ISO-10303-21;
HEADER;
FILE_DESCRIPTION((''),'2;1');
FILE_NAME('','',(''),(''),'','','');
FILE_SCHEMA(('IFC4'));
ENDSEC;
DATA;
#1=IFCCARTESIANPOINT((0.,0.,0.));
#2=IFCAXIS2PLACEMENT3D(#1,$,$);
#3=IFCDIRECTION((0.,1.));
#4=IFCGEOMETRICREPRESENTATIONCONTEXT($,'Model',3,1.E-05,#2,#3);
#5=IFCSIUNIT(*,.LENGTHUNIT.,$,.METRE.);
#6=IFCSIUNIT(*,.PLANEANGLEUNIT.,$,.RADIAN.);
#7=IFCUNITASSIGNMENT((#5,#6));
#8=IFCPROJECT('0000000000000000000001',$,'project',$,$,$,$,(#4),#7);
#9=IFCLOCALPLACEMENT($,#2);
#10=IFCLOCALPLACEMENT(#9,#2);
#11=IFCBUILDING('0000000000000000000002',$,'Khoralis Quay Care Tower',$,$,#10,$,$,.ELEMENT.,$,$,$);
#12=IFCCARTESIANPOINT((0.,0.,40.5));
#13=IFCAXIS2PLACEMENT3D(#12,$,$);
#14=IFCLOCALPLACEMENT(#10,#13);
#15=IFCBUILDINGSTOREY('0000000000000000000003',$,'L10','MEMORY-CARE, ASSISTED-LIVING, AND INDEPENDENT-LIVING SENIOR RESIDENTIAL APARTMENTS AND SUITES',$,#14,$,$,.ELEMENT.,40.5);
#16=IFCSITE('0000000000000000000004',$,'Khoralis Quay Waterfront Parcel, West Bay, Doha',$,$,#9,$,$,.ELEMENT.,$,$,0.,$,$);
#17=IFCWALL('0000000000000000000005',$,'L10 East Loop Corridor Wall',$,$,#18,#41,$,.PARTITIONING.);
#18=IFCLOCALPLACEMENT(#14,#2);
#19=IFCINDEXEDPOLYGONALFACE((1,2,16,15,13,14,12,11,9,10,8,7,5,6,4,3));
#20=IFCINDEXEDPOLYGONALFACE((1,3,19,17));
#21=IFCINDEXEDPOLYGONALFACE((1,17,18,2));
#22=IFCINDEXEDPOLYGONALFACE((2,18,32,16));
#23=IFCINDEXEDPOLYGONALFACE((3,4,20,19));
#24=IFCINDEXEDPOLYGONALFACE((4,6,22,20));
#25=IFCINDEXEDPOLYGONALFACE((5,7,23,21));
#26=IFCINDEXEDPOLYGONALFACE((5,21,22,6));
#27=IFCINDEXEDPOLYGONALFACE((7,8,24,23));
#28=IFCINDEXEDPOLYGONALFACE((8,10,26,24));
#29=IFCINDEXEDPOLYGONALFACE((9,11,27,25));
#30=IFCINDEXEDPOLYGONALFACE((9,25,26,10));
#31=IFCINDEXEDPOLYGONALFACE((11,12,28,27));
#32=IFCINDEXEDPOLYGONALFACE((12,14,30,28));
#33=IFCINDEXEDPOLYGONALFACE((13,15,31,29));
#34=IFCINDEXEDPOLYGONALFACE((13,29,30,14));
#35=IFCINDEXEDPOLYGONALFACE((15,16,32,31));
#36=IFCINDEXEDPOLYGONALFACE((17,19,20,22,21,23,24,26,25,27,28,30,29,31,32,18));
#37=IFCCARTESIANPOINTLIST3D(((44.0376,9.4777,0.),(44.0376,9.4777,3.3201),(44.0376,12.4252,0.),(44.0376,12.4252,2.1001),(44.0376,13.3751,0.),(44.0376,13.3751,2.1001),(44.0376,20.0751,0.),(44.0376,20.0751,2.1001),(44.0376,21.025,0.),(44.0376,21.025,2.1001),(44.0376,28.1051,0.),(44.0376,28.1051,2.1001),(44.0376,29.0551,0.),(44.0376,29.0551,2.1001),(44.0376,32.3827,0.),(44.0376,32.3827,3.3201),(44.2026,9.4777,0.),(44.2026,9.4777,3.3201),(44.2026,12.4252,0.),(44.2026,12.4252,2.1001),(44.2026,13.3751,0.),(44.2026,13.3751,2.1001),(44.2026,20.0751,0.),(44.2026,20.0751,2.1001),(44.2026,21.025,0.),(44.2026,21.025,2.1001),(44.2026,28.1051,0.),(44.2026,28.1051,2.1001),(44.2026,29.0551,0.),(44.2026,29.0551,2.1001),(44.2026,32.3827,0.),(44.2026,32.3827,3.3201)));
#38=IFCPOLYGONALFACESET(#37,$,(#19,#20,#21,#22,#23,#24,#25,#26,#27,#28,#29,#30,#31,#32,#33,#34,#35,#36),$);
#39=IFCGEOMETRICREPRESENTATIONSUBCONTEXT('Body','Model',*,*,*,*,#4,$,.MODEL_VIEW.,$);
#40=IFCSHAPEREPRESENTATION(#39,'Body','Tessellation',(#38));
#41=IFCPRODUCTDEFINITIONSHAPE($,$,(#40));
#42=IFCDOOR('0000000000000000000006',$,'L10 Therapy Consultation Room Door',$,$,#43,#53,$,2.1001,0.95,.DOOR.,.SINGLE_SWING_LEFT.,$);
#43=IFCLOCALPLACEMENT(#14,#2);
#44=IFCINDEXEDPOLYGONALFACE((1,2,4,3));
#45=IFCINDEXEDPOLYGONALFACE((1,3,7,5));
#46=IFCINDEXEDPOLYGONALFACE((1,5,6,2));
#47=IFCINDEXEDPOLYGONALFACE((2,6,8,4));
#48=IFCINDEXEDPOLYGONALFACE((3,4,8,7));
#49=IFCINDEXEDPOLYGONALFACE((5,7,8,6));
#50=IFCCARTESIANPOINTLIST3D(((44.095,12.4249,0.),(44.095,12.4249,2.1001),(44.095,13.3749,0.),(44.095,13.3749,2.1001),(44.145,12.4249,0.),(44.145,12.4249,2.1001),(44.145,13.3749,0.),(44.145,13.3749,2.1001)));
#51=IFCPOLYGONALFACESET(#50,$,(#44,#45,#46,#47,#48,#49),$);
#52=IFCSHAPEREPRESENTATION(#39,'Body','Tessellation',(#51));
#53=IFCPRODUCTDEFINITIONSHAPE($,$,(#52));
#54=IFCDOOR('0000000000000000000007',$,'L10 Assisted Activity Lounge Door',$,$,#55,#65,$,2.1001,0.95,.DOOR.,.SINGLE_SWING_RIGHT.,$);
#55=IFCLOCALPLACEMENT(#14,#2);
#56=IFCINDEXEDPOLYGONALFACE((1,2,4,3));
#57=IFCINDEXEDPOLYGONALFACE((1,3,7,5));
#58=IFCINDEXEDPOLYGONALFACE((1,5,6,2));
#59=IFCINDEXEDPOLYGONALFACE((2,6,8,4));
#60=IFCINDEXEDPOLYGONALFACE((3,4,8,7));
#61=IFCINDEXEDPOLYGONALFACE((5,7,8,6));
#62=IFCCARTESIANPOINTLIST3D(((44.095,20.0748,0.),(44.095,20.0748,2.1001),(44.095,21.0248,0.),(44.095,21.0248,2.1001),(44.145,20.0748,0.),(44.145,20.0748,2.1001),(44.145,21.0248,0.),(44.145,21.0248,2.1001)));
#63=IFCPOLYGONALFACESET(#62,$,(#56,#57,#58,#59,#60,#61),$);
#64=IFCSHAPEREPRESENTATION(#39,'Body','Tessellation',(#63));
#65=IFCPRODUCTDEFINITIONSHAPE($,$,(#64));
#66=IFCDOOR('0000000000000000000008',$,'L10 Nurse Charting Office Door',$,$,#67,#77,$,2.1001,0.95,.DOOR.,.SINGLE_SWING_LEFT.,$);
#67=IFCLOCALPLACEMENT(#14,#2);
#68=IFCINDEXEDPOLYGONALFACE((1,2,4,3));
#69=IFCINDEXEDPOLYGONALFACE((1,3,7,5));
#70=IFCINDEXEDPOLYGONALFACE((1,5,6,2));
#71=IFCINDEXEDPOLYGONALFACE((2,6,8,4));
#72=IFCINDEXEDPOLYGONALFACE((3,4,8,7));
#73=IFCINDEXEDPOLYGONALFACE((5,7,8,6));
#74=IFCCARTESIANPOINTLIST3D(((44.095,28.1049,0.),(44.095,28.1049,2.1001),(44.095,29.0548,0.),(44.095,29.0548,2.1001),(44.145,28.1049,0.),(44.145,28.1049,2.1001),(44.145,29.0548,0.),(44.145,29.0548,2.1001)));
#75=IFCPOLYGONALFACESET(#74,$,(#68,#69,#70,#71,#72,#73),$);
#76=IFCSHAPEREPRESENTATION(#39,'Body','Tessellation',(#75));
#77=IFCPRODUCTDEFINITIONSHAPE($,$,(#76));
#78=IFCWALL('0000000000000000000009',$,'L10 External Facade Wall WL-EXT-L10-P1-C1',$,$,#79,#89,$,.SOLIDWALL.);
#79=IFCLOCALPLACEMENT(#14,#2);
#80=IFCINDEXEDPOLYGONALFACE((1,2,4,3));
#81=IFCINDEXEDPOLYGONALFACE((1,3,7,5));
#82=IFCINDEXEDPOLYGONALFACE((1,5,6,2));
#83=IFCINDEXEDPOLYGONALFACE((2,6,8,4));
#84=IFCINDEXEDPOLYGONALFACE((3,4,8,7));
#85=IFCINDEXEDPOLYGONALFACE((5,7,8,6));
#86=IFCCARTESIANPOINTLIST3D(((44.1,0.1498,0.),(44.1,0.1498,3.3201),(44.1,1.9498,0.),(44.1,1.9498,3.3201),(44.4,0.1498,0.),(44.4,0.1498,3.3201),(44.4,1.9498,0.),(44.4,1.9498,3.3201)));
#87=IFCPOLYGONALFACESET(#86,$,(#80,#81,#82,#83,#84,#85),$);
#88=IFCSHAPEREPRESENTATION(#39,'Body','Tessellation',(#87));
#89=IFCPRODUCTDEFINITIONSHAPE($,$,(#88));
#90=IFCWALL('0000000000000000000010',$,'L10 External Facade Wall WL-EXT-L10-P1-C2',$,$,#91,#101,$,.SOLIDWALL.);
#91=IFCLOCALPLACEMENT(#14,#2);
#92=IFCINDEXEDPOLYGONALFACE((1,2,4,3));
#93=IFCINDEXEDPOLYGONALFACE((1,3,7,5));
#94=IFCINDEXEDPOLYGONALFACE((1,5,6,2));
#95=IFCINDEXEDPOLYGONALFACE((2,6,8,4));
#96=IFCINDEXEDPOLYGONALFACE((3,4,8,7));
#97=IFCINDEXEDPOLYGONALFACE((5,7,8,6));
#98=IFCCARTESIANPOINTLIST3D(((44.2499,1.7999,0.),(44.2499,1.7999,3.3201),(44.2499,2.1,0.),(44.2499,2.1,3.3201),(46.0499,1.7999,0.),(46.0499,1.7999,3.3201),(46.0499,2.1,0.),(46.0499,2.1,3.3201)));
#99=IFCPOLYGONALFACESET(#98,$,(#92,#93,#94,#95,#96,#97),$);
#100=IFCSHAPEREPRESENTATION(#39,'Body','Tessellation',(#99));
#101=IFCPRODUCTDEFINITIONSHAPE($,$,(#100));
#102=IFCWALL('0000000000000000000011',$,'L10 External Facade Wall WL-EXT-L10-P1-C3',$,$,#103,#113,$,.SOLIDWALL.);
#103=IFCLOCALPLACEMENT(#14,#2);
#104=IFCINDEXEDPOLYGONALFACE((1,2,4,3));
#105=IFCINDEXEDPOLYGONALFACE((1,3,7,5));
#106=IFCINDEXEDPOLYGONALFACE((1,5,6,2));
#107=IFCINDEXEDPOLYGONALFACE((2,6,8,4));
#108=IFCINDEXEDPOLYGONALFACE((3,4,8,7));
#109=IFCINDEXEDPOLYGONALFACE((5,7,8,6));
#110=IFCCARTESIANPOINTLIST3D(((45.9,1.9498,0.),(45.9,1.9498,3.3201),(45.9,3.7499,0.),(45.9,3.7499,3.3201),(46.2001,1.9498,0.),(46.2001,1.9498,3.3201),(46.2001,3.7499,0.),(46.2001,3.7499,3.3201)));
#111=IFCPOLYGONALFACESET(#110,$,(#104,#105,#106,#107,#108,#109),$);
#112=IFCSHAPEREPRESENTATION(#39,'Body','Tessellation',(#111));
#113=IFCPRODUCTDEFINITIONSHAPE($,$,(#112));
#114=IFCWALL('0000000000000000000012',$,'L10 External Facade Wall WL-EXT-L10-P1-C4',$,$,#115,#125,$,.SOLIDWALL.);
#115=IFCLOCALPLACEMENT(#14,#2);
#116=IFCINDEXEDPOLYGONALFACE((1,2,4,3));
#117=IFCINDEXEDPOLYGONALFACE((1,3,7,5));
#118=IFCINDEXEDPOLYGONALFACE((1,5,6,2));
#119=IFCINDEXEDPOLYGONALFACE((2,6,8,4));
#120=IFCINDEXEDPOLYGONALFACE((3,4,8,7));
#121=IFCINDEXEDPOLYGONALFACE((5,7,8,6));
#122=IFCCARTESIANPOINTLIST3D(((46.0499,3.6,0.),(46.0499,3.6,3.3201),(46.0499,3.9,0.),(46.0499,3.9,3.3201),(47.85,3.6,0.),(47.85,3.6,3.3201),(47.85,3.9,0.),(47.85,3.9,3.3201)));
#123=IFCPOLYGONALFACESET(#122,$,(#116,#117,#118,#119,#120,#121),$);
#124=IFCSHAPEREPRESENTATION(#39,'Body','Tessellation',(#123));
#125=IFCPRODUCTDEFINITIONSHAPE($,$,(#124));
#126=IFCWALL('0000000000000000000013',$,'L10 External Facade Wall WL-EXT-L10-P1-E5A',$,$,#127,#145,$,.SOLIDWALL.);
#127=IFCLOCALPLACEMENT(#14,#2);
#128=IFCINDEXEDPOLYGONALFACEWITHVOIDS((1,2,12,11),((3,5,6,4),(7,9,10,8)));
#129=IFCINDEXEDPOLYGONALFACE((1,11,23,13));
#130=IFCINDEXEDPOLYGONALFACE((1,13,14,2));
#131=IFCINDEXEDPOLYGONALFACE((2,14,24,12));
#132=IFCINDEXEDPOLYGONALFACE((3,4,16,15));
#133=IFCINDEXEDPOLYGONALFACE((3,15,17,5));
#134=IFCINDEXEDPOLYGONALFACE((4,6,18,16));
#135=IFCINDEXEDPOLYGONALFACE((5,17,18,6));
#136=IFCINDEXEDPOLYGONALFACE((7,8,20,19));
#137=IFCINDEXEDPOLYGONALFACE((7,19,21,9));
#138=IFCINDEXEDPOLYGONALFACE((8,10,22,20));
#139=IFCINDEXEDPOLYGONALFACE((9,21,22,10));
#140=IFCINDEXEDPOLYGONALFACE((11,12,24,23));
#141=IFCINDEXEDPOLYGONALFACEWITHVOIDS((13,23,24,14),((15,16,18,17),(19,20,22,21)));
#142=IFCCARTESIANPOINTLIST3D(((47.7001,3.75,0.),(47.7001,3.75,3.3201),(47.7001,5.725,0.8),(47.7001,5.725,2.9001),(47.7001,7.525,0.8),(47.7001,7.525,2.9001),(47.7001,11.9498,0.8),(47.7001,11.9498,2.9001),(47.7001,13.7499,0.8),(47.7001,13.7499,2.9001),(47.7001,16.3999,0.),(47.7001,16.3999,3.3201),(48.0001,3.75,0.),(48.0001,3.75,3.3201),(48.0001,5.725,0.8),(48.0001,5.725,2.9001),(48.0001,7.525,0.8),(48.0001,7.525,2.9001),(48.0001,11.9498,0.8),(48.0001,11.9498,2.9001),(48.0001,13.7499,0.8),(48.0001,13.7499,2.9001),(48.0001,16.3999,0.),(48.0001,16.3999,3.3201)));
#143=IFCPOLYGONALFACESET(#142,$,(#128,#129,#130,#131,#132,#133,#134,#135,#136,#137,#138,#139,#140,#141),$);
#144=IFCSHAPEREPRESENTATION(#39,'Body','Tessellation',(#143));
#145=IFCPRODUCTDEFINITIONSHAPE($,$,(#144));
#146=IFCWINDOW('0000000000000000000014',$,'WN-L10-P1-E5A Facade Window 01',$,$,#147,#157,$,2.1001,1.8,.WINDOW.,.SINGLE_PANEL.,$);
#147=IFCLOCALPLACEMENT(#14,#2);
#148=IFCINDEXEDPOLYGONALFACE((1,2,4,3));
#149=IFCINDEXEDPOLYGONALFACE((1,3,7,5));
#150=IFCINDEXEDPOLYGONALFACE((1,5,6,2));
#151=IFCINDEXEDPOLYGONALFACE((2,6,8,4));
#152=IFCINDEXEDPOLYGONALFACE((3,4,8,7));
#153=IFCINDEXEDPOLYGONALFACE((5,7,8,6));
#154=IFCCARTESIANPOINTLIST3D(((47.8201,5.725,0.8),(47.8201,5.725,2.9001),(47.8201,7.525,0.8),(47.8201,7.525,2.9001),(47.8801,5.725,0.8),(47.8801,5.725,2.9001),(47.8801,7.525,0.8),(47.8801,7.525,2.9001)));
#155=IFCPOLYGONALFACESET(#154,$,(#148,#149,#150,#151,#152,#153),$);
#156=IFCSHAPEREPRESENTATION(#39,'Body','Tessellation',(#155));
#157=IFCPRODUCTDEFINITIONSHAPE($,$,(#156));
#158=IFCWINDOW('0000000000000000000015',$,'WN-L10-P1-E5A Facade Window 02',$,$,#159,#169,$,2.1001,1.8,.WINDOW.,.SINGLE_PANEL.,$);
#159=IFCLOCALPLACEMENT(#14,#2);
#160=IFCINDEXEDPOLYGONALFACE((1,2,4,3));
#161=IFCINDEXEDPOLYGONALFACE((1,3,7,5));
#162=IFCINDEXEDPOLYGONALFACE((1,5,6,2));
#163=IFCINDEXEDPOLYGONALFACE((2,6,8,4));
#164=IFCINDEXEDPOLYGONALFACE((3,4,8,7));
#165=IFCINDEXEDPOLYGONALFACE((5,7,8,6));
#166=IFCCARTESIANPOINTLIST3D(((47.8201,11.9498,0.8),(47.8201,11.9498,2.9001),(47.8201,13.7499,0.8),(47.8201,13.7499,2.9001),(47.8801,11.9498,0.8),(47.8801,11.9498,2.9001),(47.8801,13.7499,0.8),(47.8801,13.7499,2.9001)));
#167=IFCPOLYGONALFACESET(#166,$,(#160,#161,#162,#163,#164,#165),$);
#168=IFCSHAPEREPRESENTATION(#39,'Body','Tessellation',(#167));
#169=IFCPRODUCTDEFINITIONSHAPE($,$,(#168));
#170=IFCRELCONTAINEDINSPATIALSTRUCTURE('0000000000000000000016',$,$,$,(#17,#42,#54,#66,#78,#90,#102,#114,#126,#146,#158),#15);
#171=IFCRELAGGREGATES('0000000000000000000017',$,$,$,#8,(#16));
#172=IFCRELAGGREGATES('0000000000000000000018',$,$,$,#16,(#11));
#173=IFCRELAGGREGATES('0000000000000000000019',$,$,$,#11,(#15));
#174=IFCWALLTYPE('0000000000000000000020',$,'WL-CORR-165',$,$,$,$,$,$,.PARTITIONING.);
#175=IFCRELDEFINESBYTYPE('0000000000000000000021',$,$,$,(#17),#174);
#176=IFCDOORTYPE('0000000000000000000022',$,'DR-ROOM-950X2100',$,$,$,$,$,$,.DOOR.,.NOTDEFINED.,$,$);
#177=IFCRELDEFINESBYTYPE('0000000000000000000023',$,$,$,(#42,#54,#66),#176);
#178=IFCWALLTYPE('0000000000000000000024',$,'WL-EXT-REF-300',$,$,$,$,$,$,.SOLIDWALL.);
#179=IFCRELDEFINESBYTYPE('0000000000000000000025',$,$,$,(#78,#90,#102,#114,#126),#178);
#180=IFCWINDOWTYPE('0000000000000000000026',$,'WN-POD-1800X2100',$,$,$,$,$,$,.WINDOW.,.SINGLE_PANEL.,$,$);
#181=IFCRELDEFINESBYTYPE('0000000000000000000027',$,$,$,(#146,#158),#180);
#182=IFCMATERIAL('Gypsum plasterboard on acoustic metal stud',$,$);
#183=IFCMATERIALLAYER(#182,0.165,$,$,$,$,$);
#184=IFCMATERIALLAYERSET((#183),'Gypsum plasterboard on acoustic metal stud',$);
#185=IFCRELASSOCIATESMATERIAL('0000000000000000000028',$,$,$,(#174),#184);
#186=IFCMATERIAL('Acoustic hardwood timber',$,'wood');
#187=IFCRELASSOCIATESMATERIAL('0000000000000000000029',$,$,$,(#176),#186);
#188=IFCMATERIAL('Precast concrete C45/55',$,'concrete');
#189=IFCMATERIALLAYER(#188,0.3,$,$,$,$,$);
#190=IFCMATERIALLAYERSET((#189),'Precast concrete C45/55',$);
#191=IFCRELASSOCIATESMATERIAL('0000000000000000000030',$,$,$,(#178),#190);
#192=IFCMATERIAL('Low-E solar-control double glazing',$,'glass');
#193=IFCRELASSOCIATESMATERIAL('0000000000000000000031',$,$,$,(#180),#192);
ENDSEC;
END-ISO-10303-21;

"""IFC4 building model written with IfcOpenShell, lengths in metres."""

from ifc_helpers import new_model, si_unit, direction, frame, frame_2d, origin, place, context, subcontext, project, spatial, rectangle, extrude, source, transform, mapped, material, layer, layer_set, type_object, element, fill, save


model = new_model("IFC4")

# Units and contexts
model_context = context("Model", 3, precision=1e-05, world=origin(), true_north=direction((0.0, 1.0)))
body_context = subcontext(model_context, "Body", "Model", "MODEL_VIEW")
ifc_project = project(units=[si_unit("LENGTHUNIT", "METRE"), si_unit("PLANEANGLEUNIT", "RADIAN")], contexts=[model_context])

# Site, building, storey
site_placement = place(None, origin())
site = spatial("IfcSite", under=ifc_project, at=site_placement, Name="Khoralis Quay Waterfront Parcel, West Bay, Doha", CompositionType="ELEMENT", RefElevation=0.0)
building_placement = place(site_placement, origin())
building = spatial("IfcBuilding", under=site, at=building_placement, Name="Khoralis Quay Care Tower", CompositionType="ELEMENT")
storey_placement = place(building_placement, frame((0.0, 0.0, 40.5)))
storey = spatial("IfcBuildingStorey", under=building, at=storey_placement, Name="L10", Description="MEMORY-CARE, ASSISTED-LIVING, AND INDEPENDENT-LIVING SENIOR RESIDENTIAL APARTMENTS AND SUITES", CompositionType="ELEMENT", Elevation=40.5)

# Wall, openings, doors
ifc_material_1 = material(Name="Gypsum plasterboard on acoustic metal stud")
ifc_layer_1 = layer(ifc_material_1, 0.165)
ifc_layer_set_1 = layer_set([ifc_layer_1], Name="Gypsum plasterboard on acoustic metal stud")
wall_type_1 = type_object("IfcWallType", Name="WL-CORR-165", PredefinedType="PARTITIONING", material=ifc_layer_set_1)
wall_1_placement = place(storey_placement, frame((44.1201, 9.4775, 0.0), z_axis=(0.0, 0.0, 1.0), x_axis=(0.0, 1.0, 0.0)))
wall_1 = element("IfcWall", 1, at=wall_1_placement, inside=storey, type_object=wall_type_1, Name="L10 East Loop Corridor Wall", PredefinedType="PARTITIONING", context=body_context, shape_type="SweptSolid", body=[
    extrude(rectangle(XDim=22.905, YDim=0.165, at=frame_2d((11.4526, 0.0))), origin(), (0.0, 0.0, 1.0), 3.3201),
])
opening_1_placement = place(wall_1_placement, frame((2.9475, 0.0, 0.0)))
opening_1 = element("IfcOpeningElement", 2, at=opening_1_placement, cuts=wall_1, PredefinedType="OPENING", context=body_context, shape_type="SweptSolid", body=[
    extrude(rectangle(XDim=0.95, YDim=2.1001, at=frame_2d((0.4751, 1.05))), frame((0.0, 0.0925, 0.0), z_axis=(0.0, -1.0, 0.0), x_axis=(1.0, 0.0, 0.0)), (0.0, 0.0, 1.0), 0.1851),
])
opening_2_placement = place(wall_1_placement, frame((10.5974, 0.0, 0.0)))
opening_2 = element("IfcOpeningElement", 3, at=opening_2_placement, cuts=wall_1, PredefinedType="OPENING", context=body_context, shape_type="SweptSolid", body=[
    extrude(rectangle(XDim=0.95, YDim=2.1001, at=frame_2d((0.4751, 1.05))), frame((0.0, 0.0925, 0.0), z_axis=(0.0, -1.0, 0.0), x_axis=(1.0, 0.0, 0.0)), (0.0, 0.0, 1.0), 0.1851),
])
opening_3_placement = place(wall_1_placement, frame((18.6274, 0.0, 0.0)))
opening_3 = element("IfcOpeningElement", 4, at=opening_3_placement, cuts=wall_1, PredefinedType="OPENING", context=body_context, shape_type="SweptSolid", body=[
    extrude(rectangle(XDim=0.95, YDim=2.1001, at=frame_2d((0.4751, 1.05))), frame((0.0, 0.0925, 0.0), z_axis=(0.0, -1.0, 0.0), x_axis=(1.0, 0.0, 0.0)), (0.0, 0.0, 1.0), 0.1851),
])
ifc_material_2 = material(Name="Acoustic hardwood timber", Category="wood")
door_type = type_object("IfcDoorType", Name="DR-ROOM-950X2100", OperationType="NOTDEFINED", PredefinedType="DOOR", material=ifc_material_2)
shared_shape_1 = source(origin(), body_context, "Body", "SweptSolid", [
    extrude(rectangle(XDim=0.95, YDim=2.1001, at=frame_2d((0.4751, 1.05))), frame((0.0, 0.0249, 0.0), z_axis=(0.0, -1.0, 0.0), x_axis=(1.0, 0.0, 0.0)), (0.0, 0.0, 1.0), 0.05),
])
door_1_placement = place(opening_1_placement, frame((0.95, 0.0, 0.0), z_axis=(0.0, 0.0, 1.0), x_axis=(-1.0, 0.0, 0.0)))
door_1 = element("IfcDoor", 5, at=door_1_placement, inside=storey, type_object=door_type, Name="L10 Therapy Consultation Room Door", OperationType="SINGLE_SWING_LEFT", OverallHeight=2.1001, OverallWidth=0.95, PredefinedType="DOOR", context=body_context, shape_type="MappedRepresentation", body=[
    mapped(shared_shape_1, transform((0.0, 0.0, 0.0), scale=1.0)),
])
fill(opening_1, door_1)
door_2_placement = place(opening_2_placement, frame((0.95, 0.0, 0.0), z_axis=(0.0, 0.0, 1.0), x_axis=(-1.0, 0.0, 0.0)))
door_2 = element("IfcDoor", 6, at=door_2_placement, inside=storey, type_object=door_type, Name="L10 Assisted Activity Lounge Door", OperationType="SINGLE_SWING_RIGHT", OverallHeight=2.1001, OverallWidth=0.95, PredefinedType="DOOR", context=body_context, shape_type="MappedRepresentation", body=[
    mapped(shared_shape_1, transform((0.0, 0.0, 0.0), scale=1.0)),
])
fill(opening_2, door_2)
door_3_placement = place(opening_3_placement, frame((0.95, 0.0, 0.0), z_axis=(0.0, 0.0, 1.0), x_axis=(-1.0, 0.0, 0.0)))
door_3 = element("IfcDoor", 7, at=door_3_placement, inside=storey, type_object=door_type, Name="L10 Nurse Charting Office Door", OperationType="SINGLE_SWING_LEFT", OverallHeight=2.1001, OverallWidth=0.95, PredefinedType="DOOR", context=body_context, shape_type="MappedRepresentation", body=[
    mapped(shared_shape_1, transform((0.0, 0.0, 0.0), scale=1.0)),
])
fill(opening_3, door_3)

# Walls
ifc_material_3 = material(Name="Precast concrete C45/55", Category="concrete")
ifc_layer_2 = layer(ifc_material_3, 0.3)
ifc_layer_set_2 = layer_set([ifc_layer_2], Name="Precast concrete C45/55")
wall_type_2 = type_object("IfcWallType", Name="WL-EXT-REF-300", PredefinedType="SOLIDWALL", material=ifc_layer_set_2)
for number, where, z_axis, x_axis, name in (
    (8, (44.25, 0.1499, 0.0), (0.0, 0.0, 1.0), (0.0, 1.0, 0.0), "L10 External Facade Wall WL-EXT-L10-P1-C1"),
    (9, (44.25, 1.95, 0.0), (0.0, 0.0, 1.0), (1.0, 0.0, 0.0), "L10 External Facade Wall WL-EXT-L10-P1-C2"),
    (10, (46.05, 1.95, 0.0), (0.0, 0.0, 1.0), (0.0, 1.0, 0.0), "L10 External Facade Wall WL-EXT-L10-P1-C3"),
    (11, (46.05, 3.75, 0.0), (0.0, 0.0, 1.0), (1.0, 0.0, 0.0), "L10 External Facade Wall WL-EXT-L10-P1-C4"),
):
    element("IfcWall", number, at=place(storey_placement, frame(where, z_axis=z_axis, x_axis=x_axis)), inside=storey, type_object=wall_type_2, Name=name, PredefinedType="SOLIDWALL", context=body_context, shape_type="SweptSolid", body=[
        extrude(rectangle(XDim=1.8, YDim=0.3, at=frame_2d((0.8999, 0.0))), origin(), (0.0, 0.0, 1.0), 3.3201),
    ])

# Wall, openings, windows
wall_2_placement = place(storey_placement, frame((47.8501, 3.75, 0.0), z_axis=(0.0, 0.0, 1.0), x_axis=(0.0, 1.0, 0.0)))
wall_2 = element("IfcWall", 12, at=wall_2_placement, inside=storey, type_object=wall_type_2, Name="L10 External Facade Wall WL-EXT-L10-P1-E5A", PredefinedType="SOLIDWALL", context=body_context, shape_type="SweptSolid", body=[
    extrude(rectangle(XDim=12.6499, YDim=0.3, at=frame_2d((6.325, 0.0))), origin(), (0.0, 0.0, 1.0), 3.3201),
])
opening_4_placement = place(wall_2_placement, frame((1.9751, 0.0, 0.8)))
opening_4 = element("IfcOpeningElement", 13, at=opening_4_placement, cuts=wall_2, PredefinedType="OPENING", context=body_context, shape_type="SweptSolid", body=[
    extrude(rectangle(XDim=1.8, YDim=2.1001, at=frame_2d((0.8999, 1.05))), frame((0.0, 0.1602, 0.0), z_axis=(0.0, -1.0, 0.0), x_axis=(1.0, 0.0, 0.0)), (0.0, 0.0, 1.0), 0.3201),
])
opening_5_placement = place(wall_2_placement, frame((8.2, 0.0, 0.8)))
opening_5 = element("IfcOpeningElement", 14, at=opening_5_placement, cuts=wall_2, PredefinedType="OPENING", context=body_context, shape_type="SweptSolid", body=[
    extrude(rectangle(XDim=1.8, YDim=2.1001, at=frame_2d((0.8999, 1.05))), frame((0.0, 0.1602, 0.0), z_axis=(0.0, -1.0, 0.0), x_axis=(1.0, 0.0, 0.0)), (0.0, 0.0, 1.0), 0.3201),
])
ifc_material_4 = material(Name="Low-E solar-control double glazing", Category="glass")
window_type = type_object("IfcWindowType", Name="WN-POD-1800X2100", PartitioningType="SINGLE_PANEL", PredefinedType="WINDOW", material=ifc_material_4)
shared_shape_2 = source(origin(), body_context, "Body", "SweptSolid", [
    extrude(rectangle(XDim=1.8, YDim=2.1001, at=frame_2d((0.8999, 1.05))), frame((0.0, 0.03, 0.0), z_axis=(0.0, -1.0, 0.0), x_axis=(1.0, 0.0, 0.0)), (0.0, 0.0, 1.0), 0.0601),
])
window_1_placement = place(opening_4_placement, origin())
window_1 = element("IfcWindow", 15, at=window_1_placement, inside=storey, type_object=window_type, Name="WN-L10-P1-E5A Facade Window 01", OverallHeight=2.1001, OverallWidth=1.8, PartitioningType="SINGLE_PANEL", PredefinedType="WINDOW", context=body_context, shape_type="MappedRepresentation", body=[
    mapped(shared_shape_2, transform((0.0, 0.0, 0.0), scale=1.0)),
])
fill(opening_4, window_1)
window_2_placement = place(opening_5_placement, origin())
window_2 = element("IfcWindow", 16, at=window_2_placement, inside=storey, type_object=window_type, Name="WN-L10-P1-E5A Facade Window 02", OverallHeight=2.1001, OverallWidth=1.8, PartitioningType="SINGLE_PANEL", PredefinedType="WINDOW", context=body_context, shape_type="MappedRepresentation", body=[
    mapped(shared_shape_2, transform((0.0, 0.0, 0.0), scale=1.0)),
])
fill(opening_5, window_2)

save(model, "model.ifc")
